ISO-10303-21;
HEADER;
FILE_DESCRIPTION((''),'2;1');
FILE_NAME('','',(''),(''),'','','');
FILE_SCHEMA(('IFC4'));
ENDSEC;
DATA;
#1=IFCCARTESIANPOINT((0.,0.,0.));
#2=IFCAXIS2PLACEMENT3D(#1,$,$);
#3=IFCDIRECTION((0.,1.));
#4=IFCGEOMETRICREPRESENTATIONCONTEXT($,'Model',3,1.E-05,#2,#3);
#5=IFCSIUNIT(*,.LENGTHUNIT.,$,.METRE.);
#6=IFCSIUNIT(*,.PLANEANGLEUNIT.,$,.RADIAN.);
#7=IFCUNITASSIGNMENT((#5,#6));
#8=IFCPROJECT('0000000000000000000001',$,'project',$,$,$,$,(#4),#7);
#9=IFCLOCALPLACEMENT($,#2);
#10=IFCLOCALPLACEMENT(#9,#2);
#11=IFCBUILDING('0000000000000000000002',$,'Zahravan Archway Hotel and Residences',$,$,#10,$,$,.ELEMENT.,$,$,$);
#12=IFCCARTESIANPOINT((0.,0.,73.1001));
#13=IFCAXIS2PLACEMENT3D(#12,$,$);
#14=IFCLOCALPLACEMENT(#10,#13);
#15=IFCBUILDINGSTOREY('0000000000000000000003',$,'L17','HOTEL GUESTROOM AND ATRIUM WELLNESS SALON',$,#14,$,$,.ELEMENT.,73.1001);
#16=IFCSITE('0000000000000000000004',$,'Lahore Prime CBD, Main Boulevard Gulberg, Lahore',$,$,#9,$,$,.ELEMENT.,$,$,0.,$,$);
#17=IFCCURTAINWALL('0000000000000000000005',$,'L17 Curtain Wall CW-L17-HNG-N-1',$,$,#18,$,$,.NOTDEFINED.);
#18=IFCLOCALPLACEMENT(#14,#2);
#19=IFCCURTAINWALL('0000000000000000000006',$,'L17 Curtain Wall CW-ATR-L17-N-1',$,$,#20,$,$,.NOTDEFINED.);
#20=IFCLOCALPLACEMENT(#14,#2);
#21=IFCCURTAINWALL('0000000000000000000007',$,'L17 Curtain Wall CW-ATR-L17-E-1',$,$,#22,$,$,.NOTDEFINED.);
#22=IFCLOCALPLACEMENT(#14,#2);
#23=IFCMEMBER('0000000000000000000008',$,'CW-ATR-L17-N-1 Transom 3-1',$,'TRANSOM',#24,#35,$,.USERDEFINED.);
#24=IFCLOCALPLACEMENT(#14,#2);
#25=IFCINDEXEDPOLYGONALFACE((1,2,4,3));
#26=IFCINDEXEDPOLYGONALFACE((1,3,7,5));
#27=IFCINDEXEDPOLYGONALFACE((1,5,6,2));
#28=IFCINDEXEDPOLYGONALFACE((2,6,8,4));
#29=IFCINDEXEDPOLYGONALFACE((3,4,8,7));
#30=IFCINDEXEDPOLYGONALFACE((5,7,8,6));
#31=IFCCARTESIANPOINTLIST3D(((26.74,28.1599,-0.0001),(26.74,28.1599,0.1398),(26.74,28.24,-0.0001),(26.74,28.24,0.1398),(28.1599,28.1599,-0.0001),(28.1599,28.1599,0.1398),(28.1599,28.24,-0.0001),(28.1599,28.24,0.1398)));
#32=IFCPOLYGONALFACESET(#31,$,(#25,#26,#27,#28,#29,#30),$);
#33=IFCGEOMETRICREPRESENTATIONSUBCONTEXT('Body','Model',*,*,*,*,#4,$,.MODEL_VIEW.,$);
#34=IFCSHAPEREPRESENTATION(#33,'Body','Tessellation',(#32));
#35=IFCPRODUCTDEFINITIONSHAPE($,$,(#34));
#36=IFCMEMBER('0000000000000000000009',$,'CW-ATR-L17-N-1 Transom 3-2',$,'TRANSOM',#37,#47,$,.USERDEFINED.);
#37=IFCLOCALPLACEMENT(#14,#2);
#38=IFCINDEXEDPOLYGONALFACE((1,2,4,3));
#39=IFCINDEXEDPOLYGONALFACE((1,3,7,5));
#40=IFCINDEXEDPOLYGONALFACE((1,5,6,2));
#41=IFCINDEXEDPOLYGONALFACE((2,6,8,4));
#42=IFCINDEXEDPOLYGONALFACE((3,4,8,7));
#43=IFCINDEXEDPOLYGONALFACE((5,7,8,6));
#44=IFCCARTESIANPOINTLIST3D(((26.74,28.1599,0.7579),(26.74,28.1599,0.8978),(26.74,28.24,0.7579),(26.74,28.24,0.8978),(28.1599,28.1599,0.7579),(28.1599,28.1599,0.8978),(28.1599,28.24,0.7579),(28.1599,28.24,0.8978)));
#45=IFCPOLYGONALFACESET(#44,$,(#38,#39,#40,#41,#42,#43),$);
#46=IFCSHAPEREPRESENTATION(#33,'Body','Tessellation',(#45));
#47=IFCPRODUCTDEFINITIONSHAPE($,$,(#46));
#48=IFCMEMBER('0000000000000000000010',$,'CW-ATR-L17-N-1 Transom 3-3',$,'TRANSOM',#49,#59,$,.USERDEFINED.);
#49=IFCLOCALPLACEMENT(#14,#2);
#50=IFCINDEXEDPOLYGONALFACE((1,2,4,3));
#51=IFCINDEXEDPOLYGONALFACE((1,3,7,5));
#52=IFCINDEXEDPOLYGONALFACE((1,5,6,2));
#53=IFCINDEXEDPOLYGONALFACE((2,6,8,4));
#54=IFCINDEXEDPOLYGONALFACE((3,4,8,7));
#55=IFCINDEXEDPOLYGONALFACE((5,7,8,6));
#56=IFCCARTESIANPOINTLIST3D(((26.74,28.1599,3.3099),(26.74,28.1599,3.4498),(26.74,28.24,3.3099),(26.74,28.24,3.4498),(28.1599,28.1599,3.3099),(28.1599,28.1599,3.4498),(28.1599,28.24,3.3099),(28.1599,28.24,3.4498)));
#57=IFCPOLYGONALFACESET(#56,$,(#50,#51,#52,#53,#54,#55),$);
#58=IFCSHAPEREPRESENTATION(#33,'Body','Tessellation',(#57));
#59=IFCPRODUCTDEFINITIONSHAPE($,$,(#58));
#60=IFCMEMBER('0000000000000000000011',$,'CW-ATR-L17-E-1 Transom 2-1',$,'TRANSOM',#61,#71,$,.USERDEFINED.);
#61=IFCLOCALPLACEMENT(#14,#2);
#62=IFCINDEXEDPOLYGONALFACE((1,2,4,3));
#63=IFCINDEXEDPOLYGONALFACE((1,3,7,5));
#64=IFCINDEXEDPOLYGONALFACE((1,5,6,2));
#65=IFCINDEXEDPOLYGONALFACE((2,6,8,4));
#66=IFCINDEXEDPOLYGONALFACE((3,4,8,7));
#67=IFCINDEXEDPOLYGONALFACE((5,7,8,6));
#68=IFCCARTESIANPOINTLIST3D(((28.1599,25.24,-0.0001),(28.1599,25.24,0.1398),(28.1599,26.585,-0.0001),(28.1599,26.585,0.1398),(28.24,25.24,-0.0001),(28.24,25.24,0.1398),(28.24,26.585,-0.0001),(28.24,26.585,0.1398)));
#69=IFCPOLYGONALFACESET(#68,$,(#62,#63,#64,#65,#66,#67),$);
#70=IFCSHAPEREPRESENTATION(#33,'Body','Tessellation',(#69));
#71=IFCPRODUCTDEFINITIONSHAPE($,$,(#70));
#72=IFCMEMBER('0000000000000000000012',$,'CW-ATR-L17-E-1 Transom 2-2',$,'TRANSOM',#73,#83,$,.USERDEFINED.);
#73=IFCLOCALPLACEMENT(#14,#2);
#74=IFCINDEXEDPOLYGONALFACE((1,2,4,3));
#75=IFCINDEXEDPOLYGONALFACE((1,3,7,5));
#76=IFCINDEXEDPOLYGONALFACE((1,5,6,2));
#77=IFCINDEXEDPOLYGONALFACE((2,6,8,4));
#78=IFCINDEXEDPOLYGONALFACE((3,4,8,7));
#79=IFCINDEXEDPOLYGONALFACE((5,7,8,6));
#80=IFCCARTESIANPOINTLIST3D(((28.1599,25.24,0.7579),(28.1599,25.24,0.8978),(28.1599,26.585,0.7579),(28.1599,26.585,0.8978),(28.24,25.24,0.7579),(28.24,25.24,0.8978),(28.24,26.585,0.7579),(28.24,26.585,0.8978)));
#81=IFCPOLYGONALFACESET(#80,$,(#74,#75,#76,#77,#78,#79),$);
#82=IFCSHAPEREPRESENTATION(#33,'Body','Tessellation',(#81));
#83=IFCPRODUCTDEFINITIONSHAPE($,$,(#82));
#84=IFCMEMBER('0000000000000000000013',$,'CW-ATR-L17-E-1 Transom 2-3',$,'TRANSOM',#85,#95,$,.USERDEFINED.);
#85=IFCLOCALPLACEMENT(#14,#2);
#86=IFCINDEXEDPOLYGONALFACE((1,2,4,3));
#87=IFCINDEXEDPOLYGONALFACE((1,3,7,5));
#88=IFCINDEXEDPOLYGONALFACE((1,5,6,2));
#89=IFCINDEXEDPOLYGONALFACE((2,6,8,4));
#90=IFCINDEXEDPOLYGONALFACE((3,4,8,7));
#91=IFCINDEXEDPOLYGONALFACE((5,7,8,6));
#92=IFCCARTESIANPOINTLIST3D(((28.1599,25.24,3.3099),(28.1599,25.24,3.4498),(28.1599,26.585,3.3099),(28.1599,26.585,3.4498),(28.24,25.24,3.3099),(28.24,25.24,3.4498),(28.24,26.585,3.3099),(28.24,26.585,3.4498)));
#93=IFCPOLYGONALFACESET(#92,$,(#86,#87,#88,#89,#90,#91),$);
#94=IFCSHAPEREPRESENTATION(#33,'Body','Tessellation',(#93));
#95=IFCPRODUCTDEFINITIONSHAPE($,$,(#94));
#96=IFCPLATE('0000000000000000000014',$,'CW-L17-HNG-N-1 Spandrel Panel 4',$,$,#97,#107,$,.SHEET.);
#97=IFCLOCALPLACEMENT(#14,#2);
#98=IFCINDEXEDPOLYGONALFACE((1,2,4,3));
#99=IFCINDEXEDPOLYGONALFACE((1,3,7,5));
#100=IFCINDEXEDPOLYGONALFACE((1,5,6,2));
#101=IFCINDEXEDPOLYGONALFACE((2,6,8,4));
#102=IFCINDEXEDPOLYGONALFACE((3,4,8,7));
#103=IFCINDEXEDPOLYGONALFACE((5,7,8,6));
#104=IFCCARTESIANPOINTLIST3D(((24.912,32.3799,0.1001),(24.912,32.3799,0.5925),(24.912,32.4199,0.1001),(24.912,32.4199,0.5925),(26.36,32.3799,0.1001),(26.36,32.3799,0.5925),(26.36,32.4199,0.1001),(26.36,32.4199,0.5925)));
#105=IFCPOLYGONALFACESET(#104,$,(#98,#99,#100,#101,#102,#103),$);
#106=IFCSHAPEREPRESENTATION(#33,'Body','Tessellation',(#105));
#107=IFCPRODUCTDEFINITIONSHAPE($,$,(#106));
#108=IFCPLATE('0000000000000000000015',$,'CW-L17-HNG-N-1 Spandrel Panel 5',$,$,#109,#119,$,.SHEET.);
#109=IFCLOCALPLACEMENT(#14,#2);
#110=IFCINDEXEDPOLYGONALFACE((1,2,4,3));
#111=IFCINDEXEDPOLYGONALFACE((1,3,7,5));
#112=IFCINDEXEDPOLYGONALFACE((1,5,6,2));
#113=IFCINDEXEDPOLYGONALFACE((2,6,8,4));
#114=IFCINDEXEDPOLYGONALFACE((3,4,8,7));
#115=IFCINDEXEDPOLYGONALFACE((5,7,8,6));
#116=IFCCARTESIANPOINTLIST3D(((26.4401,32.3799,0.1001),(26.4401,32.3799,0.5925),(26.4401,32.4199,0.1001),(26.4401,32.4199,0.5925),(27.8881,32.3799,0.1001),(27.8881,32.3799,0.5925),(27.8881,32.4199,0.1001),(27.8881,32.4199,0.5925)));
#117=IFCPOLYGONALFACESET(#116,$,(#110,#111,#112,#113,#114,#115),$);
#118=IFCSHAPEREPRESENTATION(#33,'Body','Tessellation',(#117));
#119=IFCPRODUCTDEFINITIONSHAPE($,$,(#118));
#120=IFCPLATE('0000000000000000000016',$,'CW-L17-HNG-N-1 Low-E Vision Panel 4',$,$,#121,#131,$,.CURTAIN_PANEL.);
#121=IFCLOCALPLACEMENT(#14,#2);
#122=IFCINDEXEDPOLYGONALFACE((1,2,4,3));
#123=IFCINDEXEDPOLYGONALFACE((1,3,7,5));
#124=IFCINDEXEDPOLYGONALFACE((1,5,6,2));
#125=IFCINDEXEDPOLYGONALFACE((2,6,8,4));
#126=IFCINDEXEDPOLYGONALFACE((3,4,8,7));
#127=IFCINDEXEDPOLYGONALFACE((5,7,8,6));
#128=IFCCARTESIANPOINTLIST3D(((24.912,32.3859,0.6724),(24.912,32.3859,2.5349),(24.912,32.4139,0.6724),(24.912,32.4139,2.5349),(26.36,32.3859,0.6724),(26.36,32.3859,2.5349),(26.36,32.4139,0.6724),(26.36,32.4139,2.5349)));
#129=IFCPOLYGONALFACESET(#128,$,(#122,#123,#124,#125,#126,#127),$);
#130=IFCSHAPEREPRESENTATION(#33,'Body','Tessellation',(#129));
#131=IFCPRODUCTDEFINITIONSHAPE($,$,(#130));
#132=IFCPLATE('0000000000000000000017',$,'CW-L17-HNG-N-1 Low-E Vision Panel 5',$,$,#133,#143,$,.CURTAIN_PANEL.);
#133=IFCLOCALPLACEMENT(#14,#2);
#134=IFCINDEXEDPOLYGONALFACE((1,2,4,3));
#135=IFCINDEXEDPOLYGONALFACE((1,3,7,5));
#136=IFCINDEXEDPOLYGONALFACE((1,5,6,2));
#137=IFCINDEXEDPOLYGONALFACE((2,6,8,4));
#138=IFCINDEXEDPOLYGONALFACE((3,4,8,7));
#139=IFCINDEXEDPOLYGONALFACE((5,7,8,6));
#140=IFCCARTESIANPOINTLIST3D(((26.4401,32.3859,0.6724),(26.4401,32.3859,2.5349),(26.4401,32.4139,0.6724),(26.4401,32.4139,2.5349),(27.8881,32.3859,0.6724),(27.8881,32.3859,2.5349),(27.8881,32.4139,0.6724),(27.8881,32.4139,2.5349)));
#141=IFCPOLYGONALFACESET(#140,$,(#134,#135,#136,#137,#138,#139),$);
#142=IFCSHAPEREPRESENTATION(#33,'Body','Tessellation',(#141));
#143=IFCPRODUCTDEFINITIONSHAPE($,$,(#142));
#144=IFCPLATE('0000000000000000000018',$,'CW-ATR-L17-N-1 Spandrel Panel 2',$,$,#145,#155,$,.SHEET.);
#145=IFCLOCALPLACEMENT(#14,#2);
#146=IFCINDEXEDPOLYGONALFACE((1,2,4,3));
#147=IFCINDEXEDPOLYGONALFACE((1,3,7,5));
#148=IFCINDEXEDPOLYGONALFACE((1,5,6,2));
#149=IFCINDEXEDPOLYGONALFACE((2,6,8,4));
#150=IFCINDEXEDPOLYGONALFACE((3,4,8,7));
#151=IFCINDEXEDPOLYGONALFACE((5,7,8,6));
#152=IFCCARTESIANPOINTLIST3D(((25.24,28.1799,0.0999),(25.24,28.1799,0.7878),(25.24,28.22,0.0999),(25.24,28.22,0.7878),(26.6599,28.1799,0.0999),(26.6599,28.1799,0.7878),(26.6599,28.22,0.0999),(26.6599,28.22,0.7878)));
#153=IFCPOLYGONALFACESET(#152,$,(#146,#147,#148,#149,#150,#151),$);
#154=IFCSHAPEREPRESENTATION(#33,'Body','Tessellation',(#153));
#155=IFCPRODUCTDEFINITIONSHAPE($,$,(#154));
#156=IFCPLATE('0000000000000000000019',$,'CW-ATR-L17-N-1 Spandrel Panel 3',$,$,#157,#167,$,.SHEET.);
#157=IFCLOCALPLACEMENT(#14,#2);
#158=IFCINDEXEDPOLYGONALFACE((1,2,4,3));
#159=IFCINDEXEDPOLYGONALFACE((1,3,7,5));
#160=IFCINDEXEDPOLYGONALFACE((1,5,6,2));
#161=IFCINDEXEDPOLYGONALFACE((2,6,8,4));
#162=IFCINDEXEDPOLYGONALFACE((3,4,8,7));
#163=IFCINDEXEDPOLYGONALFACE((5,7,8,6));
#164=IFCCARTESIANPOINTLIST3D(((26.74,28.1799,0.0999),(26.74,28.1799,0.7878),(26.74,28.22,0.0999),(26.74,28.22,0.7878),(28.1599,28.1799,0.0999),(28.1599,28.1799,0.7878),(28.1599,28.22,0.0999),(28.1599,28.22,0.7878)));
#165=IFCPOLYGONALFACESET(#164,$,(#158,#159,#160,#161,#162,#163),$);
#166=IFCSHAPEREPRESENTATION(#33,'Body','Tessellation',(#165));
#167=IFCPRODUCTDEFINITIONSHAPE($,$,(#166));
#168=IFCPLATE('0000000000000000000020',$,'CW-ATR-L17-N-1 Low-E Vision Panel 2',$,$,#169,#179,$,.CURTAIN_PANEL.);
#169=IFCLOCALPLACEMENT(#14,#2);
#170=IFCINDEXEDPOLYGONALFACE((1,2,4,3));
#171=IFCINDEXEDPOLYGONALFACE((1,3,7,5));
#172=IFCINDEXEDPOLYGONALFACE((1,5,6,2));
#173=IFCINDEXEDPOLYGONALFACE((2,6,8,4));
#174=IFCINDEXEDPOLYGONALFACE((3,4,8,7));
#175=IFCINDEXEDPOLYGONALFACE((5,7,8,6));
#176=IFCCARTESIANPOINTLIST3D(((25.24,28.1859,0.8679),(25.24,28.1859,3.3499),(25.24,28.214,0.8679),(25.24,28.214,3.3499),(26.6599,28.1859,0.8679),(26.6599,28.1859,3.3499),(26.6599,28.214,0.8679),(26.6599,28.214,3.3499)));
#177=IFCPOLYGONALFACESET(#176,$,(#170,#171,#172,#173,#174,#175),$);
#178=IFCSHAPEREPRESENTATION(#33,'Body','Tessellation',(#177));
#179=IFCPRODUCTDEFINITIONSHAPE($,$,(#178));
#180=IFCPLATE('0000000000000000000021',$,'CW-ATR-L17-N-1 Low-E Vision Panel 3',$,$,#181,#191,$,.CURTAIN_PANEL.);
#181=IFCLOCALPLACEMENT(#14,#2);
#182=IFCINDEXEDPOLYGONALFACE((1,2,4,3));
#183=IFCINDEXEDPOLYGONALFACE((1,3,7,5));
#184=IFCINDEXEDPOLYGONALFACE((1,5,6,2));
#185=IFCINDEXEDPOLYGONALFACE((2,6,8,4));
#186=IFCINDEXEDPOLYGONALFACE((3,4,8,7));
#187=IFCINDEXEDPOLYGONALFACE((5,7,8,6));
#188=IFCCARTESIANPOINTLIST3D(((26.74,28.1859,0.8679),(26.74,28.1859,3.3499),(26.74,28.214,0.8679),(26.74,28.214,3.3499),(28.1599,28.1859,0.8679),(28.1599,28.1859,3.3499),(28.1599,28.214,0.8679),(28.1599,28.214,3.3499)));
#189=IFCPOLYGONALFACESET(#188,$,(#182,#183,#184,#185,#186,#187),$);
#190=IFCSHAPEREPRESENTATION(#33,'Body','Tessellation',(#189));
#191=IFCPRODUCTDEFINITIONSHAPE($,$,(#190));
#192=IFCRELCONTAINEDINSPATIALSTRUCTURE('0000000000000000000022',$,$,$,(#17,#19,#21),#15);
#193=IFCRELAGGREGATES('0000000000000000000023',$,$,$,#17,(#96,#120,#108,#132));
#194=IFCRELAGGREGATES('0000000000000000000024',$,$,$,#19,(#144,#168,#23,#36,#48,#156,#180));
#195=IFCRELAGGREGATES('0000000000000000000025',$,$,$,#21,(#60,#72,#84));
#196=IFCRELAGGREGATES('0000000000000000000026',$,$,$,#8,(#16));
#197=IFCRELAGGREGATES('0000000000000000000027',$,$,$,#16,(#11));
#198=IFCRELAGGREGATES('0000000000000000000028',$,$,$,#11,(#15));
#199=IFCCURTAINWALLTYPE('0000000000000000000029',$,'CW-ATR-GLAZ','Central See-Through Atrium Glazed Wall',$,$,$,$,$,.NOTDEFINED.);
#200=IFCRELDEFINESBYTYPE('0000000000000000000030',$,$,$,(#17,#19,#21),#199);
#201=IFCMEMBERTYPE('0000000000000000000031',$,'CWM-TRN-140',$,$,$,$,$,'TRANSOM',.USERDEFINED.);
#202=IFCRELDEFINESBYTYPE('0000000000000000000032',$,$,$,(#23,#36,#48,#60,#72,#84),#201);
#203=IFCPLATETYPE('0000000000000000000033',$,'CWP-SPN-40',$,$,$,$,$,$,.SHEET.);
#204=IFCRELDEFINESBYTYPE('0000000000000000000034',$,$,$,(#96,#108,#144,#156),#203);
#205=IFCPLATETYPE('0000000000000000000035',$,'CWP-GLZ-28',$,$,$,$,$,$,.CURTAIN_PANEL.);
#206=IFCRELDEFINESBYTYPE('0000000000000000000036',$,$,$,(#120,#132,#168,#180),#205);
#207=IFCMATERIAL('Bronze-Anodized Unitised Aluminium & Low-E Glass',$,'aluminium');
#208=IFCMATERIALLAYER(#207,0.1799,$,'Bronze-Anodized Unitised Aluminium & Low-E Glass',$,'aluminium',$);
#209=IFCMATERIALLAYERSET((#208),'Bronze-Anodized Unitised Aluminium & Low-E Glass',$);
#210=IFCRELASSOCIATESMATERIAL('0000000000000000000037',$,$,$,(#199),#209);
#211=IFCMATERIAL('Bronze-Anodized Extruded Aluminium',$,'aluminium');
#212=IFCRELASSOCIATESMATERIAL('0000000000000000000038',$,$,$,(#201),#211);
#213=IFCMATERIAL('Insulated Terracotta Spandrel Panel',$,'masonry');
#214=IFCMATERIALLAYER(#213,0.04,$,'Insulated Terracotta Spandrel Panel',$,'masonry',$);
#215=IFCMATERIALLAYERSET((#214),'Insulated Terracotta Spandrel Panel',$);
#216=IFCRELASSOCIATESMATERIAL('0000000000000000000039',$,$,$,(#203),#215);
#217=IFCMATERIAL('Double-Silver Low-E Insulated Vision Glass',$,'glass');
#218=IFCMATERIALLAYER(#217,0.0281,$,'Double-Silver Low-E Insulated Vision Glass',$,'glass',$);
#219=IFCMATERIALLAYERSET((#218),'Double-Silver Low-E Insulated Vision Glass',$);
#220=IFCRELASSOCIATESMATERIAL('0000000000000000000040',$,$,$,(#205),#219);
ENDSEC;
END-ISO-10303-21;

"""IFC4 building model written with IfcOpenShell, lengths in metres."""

from ifc_helpers import new_model, si_unit, direction, frame, origin, origin_2d, place, context, subcontext, project, spatial, rectangle, extrude, source, transform, mapped, material, layer, layer_set, material_profile, profile_set, type_object, element, aggregate, save


model = new_model("IFC4")

# Units and contexts
model_context = context("Model", 3, precision=1e-05, world=origin(), true_north=direction((0.0, 1.0)))
body_context = subcontext(model_context, "Body", "Model", "MODEL_VIEW")
ifc_project = project(units=[si_unit("LENGTHUNIT", "METRE"), si_unit("PLANEANGLEUNIT", "RADIAN")], contexts=[model_context])

# Site, building, storey
site_placement = place(None, origin())
site = spatial("IfcSite", under=ifc_project, at=site_placement, Name="Lahore Prime CBD, Main Boulevard Gulberg, Lahore", CompositionType="ELEMENT", RefElevation=0.0)
building_placement = place(site_placement, origin())
building = spatial("IfcBuilding", under=site, at=building_placement, Name="Zahravan Archway Hotel and Residences", CompositionType="ELEMENT")
storey_placement = place(building_placement, frame((0.0, 0.0, 73.1001)))
storey = spatial("IfcBuildingStorey", under=building, at=storey_placement, Name="L17", Description="HOTEL GUESTROOM AND ATRIUM WELLNESS SALON", CompositionType="ELEMENT", Elevation=73.1001)

# Curtain walls
ifc_material_1 = material(Name="Bronze-Anodized Unitised Aluminium & Low-E Glass", Category="aluminium")
ifc_layer_1 = layer(ifc_material_1, 0.1799, Name="Bronze-Anodized Unitised Aluminium & Low-E Glass", Category="aluminium")
ifc_layer_set_1 = layer_set([ifc_layer_1], Name="Bronze-Anodized Unitised Aluminium & Low-E Glass")
curtain_wall_type = type_object("IfcCurtainWallType", Name="CW-ATR-GLAZ", Description="Central See-Through Atrium Glazed Wall", PredefinedType="NOTDEFINED", material=ifc_layer_set_1)
curtain_wall_1_placement = place(storey_placement, origin())
curtain_wall_1 = element("IfcCurtainWall", 1, at=curtain_wall_1_placement, inside=storey, type_object=curtain_wall_type, Name="L17 Curtain Wall CW-L17-HNG-N-1", PredefinedType="NOTDEFINED")
ifc_material_2 = material(Name="Bronze-Anodized Extruded Aluminium", Category="aluminium")
ifc_material_profile_1 = material_profile(ifc_material_2, rectangle(XDim=0.0801, YDim=0.1399, at=origin_2d()), Name="TRN 80x140", Category="aluminium")
ifc_profile_set_1 = profile_set([ifc_material_profile_1], Name="Bronze-Anodized Extruded Aluminium")
member_type_1 = type_object("IfcMemberType", Name="CWM-TRN-140", ElementType="TRANSOM", PredefinedType="USERDEFINED", material=ifc_profile_set_1)
curtain_wall_2_placement = place(storey_placement, origin())
curtain_wall_2 = element("IfcCurtainWall", 2, at=curtain_wall_2_placement, inside=storey, type_object=curtain_wall_type, Name="L17 Curtain Wall CW-ATR-L17-N-1", PredefinedType="NOTDEFINED")

# Curtain wall
curtain_wall_3_placement = place(storey_placement, origin())
curtain_wall_3 = element("IfcCurtainWall", 3, at=curtain_wall_3_placement, inside=storey, type_object=curtain_wall_type, Name="L17 Curtain Wall CW-ATR-L17-E-1", PredefinedType="NOTDEFINED")

# Members
shared_shape_1 = source(origin(), body_context, "Body", "SweptSolid", [
    extrude(rectangle(XDim=0.0801, YDim=0.1399, at=origin_2d()), origin(), (0.0, 0.0, 1.0), 1.4199),
])
member_1_placement = place(storey_placement, frame((26.74, 28.2, 0.0698), z_axis=(1.0, 0.0, 0.0), x_axis=(0.0, 1.0, 0.0)))
member_1 = element("IfcMember", 4, at=member_1_placement, type_object=member_type_1, Name="CW-ATR-L17-N-1 Transom 3-1", ObjectType="TRANSOM", PredefinedType="USERDEFINED", context=body_context, shape_type="MappedRepresentation", body=[
    mapped(shared_shape_1, transform((0.0, 0.0, 0.0), scale=1.0)),
])
member_2_placement = place(storey_placement, frame((26.74, 28.2, 0.8279), z_axis=(1.0, 0.0, 0.0), x_axis=(0.0, 1.0, 0.0)))
member_2 = element("IfcMember", 5, at=member_2_placement, type_object=member_type_1, Name="CW-ATR-L17-N-1 Transom 3-2", ObjectType="TRANSOM", PredefinedType="USERDEFINED", context=body_context, shape_type="MappedRepresentation", body=[
    mapped(shared_shape_1, transform((0.0, 0.0, 0.0), scale=1.0)),
])
member_3_placement = place(storey_placement, frame((26.74, 28.2, 3.3799), z_axis=(1.0, 0.0, 0.0), x_axis=(0.0, 1.0, 0.0)))
member_3 = element("IfcMember", 6, at=member_3_placement, type_object=member_type_1, Name="CW-ATR-L17-N-1 Transom 3-3", ObjectType="TRANSOM", PredefinedType="USERDEFINED", context=body_context, shape_type="MappedRepresentation", body=[
    mapped(shared_shape_1, transform((0.0, 0.0, 0.0), scale=1.0)),
])
shared_shape_2 = source(origin(), body_context, "Body", "SweptSolid", [
    extrude(rectangle(XDim=0.0801, YDim=0.1399, at=origin_2d()), origin(), (0.0, 0.0, 1.0), 1.345),
])
member_4_placement = place(storey_placement, frame((28.2, 25.24, 0.0698), z_axis=(0.0, 1.0, 0.0), x_axis=(-1.0, 0.0, 0.0)))
member_4 = element("IfcMember", 7, at=member_4_placement, type_object=member_type_1, Name="CW-ATR-L17-E-1 Transom 2-1", ObjectType="TRANSOM", PredefinedType="USERDEFINED", context=body_context, shape_type="MappedRepresentation", body=[
    mapped(shared_shape_2, transform((0.0, 0.0, 0.0), scale=1.0)),
])
member_5_placement = place(storey_placement, frame((28.2, 25.24, 0.8279), z_axis=(0.0, 1.0, 0.0), x_axis=(-1.0, 0.0, 0.0)))
member_5 = element("IfcMember", 8, at=member_5_placement, type_object=member_type_1, Name="CW-ATR-L17-E-1 Transom 2-2", ObjectType="TRANSOM", PredefinedType="USERDEFINED", context=body_context, shape_type="MappedRepresentation", body=[
    mapped(shared_shape_2, transform((0.0, 0.0, 0.0), scale=1.0)),
])
member_6_placement = place(storey_placement, frame((28.2, 25.24, 3.3799), z_axis=(0.0, 1.0, 0.0), x_axis=(-1.0, 0.0, 0.0)))
member_6 = element("IfcMember", 9, at=member_6_placement, type_object=member_type_1, Name="CW-ATR-L17-E-1 Transom 2-3", ObjectType="TRANSOM", PredefinedType="USERDEFINED", context=body_context, shape_type="MappedRepresentation", body=[
    mapped(shared_shape_2, transform((0.0, 0.0, 0.0), scale=1.0)),
])

# Plates
ifc_material_3 = material(Name="Insulated Terracotta Spandrel Panel", Category="masonry")
ifc_layer_2 = layer(ifc_material_3, 0.04, Name="Insulated Terracotta Spandrel Panel", Category="masonry")
ifc_layer_set_2 = layer_set([ifc_layer_2], Name="Insulated Terracotta Spandrel Panel")
plate_type_1 = type_object("IfcPlateType", Name="CWP-SPN-40", PredefinedType="SHEET", material=ifc_layer_set_2)
shared_shape_3 = source(origin(), body_context, "Body", "SweptSolid", [
    extrude(rectangle(XDim=1.448, YDim=0.04, at=origin_2d()), origin(), (0.0, 0.0, 1.0), 0.4924),
])
plate_1_placement = place(storey_placement, frame((25.636, 32.3999, 0.1001), z_axis=(0.0, 0.0, 1.0), x_axis=(1.0, 0.0, 0.0)))
plate_1 = element("IfcPlate", 10, at=plate_1_placement, type_object=plate_type_1, Name="CW-L17-HNG-N-1 Spandrel Panel 4", PredefinedType="SHEET", context=body_context, shape_type="MappedRepresentation", body=[
    mapped(shared_shape_3, transform((0.0, 0.0, 0.0), scale=1.0)),
])
plate_2_placement = place(storey_placement, frame((27.1641, 32.3999, 0.1001), z_axis=(0.0, 0.0, 1.0), x_axis=(1.0, 0.0, 0.0)))
plate_2 = element("IfcPlate", 11, at=plate_2_placement, type_object=plate_type_1, Name="CW-L17-HNG-N-1 Spandrel Panel 5", PredefinedType="SHEET", context=body_context, shape_type="MappedRepresentation", body=[
    mapped(shared_shape_3, transform((0.0, 0.0, 0.0), scale=1.0)),
])
ifc_material_4 = material(Name="Double-Silver Low-E Insulated Vision Glass", Category="glass")
ifc_layer_3 = layer(ifc_material_4, 0.0281, Name="Double-Silver Low-E Insulated Vision Glass", Category="glass")
ifc_layer_set_3 = layer_set([ifc_layer_3], Name="Double-Silver Low-E Insulated Vision Glass")
plate_type_2 = type_object("IfcPlateType", Name="CWP-GLZ-28", PredefinedType="CURTAIN_PANEL", material=ifc_layer_set_3)
shared_shape_4 = source(origin(), body_context, "Body", "SweptSolid", [
    extrude(rectangle(XDim=1.448, YDim=0.0281, at=origin_2d()), origin(), (0.0, 0.0, 1.0), 1.8625),
])
plate_3_placement = place(storey_placement, frame((25.636, 32.3999, 0.6724), z_axis=(0.0, 0.0, 1.0), x_axis=(1.0, 0.0, 0.0)))
plate_3 = element("IfcPlate", 12, at=plate_3_placement, type_object=plate_type_2, Name="CW-L17-HNG-N-1 Low-E Vision Panel 4", PredefinedType="CURTAIN_PANEL", context=body_context, shape_type="MappedRepresentation", body=[
    mapped(shared_shape_4, transform((0.0, 0.0, 0.0), scale=1.0)),
])
plate_4_placement = place(storey_placement, frame((27.1641, 32.3999, 0.6724), z_axis=(0.0, 0.0, 1.0), x_axis=(1.0, 0.0, 0.0)))
plate_4 = element("IfcPlate", 13, at=plate_4_placement, type_object=plate_type_2, Name="CW-L17-HNG-N-1 Low-E Vision Panel 5", PredefinedType="CURTAIN_PANEL", context=body_context, shape_type="MappedRepresentation", body=[
    mapped(shared_shape_4, transform((0.0, 0.0, 0.0), scale=1.0)),
])
aggregate(curtain_wall_1, [plate_1, plate_3, plate_2, plate_4])
shared_shape_5 = source(origin(), body_context, "Body", "SweptSolid", [
    extrude(rectangle(XDim=1.4199, YDim=0.04, at=origin_2d()), origin(), (0.0, 0.0, 1.0), 0.688),
])
plate_5_placement = place(storey_placement, frame((25.95, 28.2, 0.0999), z_axis=(0.0, 0.0, 1.0), x_axis=(1.0, 0.0, 0.0)))
plate_5 = element("IfcPlate", 14, at=plate_5_placement, type_object=plate_type_1, Name="CW-ATR-L17-N-1 Spandrel Panel 2", PredefinedType="SHEET", context=body_context, shape_type="MappedRepresentation", body=[
    mapped(shared_shape_5, transform((0.0, 0.0, 0.0), scale=1.0)),
])
plate_6_placement = place(storey_placement, frame((27.45, 28.2, 0.0999), z_axis=(0.0, 0.0, 1.0), x_axis=(1.0, 0.0, 0.0)))
plate_6 = element("IfcPlate", 15, at=plate_6_placement, type_object=plate_type_1, Name="CW-ATR-L17-N-1 Spandrel Panel 3", PredefinedType="SHEET", context=body_context, shape_type="MappedRepresentation", body=[
    mapped(shared_shape_5, transform((0.0, 0.0, 0.0), scale=1.0)),
])
shared_shape_6 = source(origin(), body_context, "Body", "SweptSolid", [
    extrude(rectangle(XDim=1.4199, YDim=0.0281, at=origin_2d()), origin(), (0.0, 0.0, 1.0), 2.4819),
])
plate_7_placement = place(storey_placement, frame((25.95, 28.2, 0.8679), z_axis=(0.0, 0.0, 1.0), x_axis=(1.0, 0.0, 0.0)))
plate_7 = element("IfcPlate", 16, at=plate_7_placement, type_object=plate_type_2, Name="CW-ATR-L17-N-1 Low-E Vision Panel 2", PredefinedType="CURTAIN_PANEL", context=body_context, shape_type="MappedRepresentation", body=[
    mapped(shared_shape_6, transform((0.0, 0.0, 0.0), scale=1.0)),
])
plate_8_placement = place(storey_placement, frame((27.45, 28.2, 0.8679), z_axis=(0.0, 0.0, 1.0), x_axis=(1.0, 0.0, 0.0)))
plate_8 = element("IfcPlate", 17, at=plate_8_placement, type_object=plate_type_2, Name="CW-ATR-L17-N-1 Low-E Vision Panel 3", PredefinedType="CURTAIN_PANEL", context=body_context, shape_type="MappedRepresentation", body=[
    mapped(shared_shape_6, transform((0.0, 0.0, 0.0), scale=1.0)),
])
aggregate(curtain_wall_2, [plate_5, plate_7, member_1, member_2, member_3, plate_6, plate_8])
aggregate(curtain_wall_3, [member_4, member_5, member_6])

save(model, "model.ifc")
